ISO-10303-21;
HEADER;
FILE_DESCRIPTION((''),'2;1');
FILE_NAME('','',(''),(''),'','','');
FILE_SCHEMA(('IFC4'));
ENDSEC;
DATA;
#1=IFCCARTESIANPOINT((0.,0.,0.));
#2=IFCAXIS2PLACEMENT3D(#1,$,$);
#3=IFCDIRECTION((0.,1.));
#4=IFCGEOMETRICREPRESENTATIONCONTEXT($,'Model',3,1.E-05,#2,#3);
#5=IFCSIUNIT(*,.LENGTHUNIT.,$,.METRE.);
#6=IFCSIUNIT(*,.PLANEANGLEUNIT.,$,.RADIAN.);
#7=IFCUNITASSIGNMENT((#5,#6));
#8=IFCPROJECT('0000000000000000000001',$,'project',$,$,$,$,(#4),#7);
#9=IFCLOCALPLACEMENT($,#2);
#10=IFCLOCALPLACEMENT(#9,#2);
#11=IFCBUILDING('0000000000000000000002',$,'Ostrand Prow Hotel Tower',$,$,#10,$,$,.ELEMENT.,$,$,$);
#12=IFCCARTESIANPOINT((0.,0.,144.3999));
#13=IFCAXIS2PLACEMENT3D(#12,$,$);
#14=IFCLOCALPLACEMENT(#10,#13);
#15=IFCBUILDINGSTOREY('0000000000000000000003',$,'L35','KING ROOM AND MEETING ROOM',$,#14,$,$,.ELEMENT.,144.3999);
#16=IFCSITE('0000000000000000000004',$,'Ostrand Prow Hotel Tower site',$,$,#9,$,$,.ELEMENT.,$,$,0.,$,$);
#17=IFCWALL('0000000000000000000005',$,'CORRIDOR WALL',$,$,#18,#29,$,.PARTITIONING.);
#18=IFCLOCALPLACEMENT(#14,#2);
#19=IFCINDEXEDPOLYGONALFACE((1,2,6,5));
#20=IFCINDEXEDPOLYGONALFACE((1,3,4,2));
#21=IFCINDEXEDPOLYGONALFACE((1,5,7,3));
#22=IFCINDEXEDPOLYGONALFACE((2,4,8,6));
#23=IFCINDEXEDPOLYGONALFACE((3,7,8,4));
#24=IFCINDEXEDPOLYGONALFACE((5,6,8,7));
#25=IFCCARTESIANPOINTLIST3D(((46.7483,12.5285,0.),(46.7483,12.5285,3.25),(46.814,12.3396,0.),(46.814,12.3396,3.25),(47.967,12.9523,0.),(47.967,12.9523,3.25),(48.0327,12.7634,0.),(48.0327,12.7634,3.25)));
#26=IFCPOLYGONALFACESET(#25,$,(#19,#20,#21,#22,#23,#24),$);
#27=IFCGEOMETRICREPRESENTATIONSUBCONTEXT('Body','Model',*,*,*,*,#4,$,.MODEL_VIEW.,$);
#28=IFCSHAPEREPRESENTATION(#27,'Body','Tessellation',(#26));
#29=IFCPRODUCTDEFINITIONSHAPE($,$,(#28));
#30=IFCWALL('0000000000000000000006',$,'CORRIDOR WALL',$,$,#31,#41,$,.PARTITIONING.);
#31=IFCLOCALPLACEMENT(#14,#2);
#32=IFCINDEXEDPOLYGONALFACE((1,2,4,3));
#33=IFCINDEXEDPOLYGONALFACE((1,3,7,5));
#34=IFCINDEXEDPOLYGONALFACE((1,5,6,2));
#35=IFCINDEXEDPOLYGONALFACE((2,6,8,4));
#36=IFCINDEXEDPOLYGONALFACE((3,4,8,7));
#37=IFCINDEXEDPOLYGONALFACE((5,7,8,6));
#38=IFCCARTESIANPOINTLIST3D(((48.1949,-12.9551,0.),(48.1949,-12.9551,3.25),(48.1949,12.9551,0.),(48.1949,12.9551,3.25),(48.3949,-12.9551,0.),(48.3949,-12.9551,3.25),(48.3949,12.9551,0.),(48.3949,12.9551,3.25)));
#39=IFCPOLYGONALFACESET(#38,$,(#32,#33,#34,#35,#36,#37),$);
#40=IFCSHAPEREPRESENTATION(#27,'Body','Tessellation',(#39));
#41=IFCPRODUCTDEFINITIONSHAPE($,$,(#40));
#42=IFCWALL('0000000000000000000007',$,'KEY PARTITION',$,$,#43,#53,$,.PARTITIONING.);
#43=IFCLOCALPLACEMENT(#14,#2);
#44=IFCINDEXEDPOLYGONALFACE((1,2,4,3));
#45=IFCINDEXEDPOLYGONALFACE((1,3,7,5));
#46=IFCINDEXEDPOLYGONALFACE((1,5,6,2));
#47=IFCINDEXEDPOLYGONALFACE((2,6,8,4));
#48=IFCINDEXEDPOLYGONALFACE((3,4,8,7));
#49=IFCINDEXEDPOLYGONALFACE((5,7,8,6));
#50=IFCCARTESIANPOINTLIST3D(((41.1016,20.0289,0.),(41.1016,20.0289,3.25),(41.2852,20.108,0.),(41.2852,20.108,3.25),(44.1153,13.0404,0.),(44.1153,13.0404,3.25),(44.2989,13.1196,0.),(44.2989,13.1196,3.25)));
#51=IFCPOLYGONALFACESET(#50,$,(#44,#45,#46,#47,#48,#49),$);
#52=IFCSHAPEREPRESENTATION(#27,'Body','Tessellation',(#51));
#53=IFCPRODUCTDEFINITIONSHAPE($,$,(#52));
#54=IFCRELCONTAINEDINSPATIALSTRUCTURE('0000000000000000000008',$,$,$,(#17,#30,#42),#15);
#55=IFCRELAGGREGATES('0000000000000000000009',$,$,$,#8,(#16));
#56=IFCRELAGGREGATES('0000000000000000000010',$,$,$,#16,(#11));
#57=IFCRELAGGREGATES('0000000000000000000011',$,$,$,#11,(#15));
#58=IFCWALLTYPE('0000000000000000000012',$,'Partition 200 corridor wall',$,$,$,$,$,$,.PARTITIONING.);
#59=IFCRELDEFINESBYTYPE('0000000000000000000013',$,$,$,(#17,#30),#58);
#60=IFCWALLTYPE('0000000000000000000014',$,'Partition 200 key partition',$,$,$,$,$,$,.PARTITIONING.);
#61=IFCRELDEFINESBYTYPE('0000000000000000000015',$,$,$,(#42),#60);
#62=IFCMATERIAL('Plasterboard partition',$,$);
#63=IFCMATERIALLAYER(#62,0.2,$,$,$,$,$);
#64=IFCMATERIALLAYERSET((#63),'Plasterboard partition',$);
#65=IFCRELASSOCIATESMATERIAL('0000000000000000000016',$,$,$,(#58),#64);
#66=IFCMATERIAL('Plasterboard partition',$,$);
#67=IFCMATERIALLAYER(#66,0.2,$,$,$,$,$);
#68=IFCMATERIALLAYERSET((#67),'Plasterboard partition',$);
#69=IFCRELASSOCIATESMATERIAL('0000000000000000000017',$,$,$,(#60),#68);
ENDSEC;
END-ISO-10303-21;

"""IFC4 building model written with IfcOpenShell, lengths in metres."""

from ifc_helpers import new_model, si_unit, direction, frame, frame_2d, origin, place, context, subcontext, project, spatial, rectangle, extrude, material, layer, layer_set, type_object, element, save


model = new_model("IFC4")

# Units and contexts
model_context = context("Model", 3, precision=1e-05, world=origin(), true_north=direction((0.0, 1.0)))
body_context = subcontext(model_context, "Body", "Model", "MODEL_VIEW")
ifc_project = project(units=[si_unit("LENGTHUNIT", "METRE"), si_unit("PLANEANGLEUNIT", "RADIAN")], contexts=[model_context])

# Site, building, storey
site_placement = place(None, origin())
site = spatial("IfcSite", under=ifc_project, at=site_placement, Name="Ostrand Prow Hotel Tower site", CompositionType="ELEMENT", RefElevation=0.0)
building_placement = place(site_placement, origin())
building = spatial("IfcBuilding", under=site, at=building_placement, Name="Ostrand Prow Hotel Tower", CompositionType="ELEMENT")
storey_placement = place(building_placement, frame((0.0, 0.0, 144.3999)))
storey = spatial("IfcBuildingStorey", under=building, at=storey_placement, Name="L35", Description="KING ROOM AND MEETING ROOM", CompositionType="ELEMENT", Elevation=144.3999)

# Shared definitions
ifc_material_1 = material(Name="Plasterboard partition")
ifc_layer_1 = layer(ifc_material_1, 0.2)
ifc_layer_set_1 = layer_set([ifc_layer_1], Name="Plasterboard partition")
wall_type_1 = type_object("IfcWallType", Name="Partition 200 corridor wall", PredefinedType="PARTITIONING", material=ifc_layer_set_1)

# Walls
wall_1_placement = place(storey_placement, frame((46.7812, 12.4341, 0.0), z_axis=(0.0, 0.0, 1.0), x_axis=(0.944517, 0.328462, 0.0)))
element("IfcWall", 1, at=wall_1_placement, inside=storey, type_object=wall_type_1, Name="CORRIDOR WALL", PredefinedType="PARTITIONING", context=body_context, shape_type="SweptSolid", body=[
    extrude(rectangle(XDim=1.2903, YDim=0.2, at=frame_2d((0.645, 0.0))), origin(), (0.0, 0.0, 1.0), 3.25),
])
wall_2_placement = place(storey_placement, frame((48.2949, 12.9551, 0.0), z_axis=(0.0, 0.0, 1.0), x_axis=(0.0, -1.0, 0.0)))
element("IfcWall", 2, at=wall_2_placement, inside=storey, type_object=wall_type_1, Name="CORRIDOR WALL", PredefinedType="PARTITIONING", context=body_context, shape_type="SweptSolid", body=[
    extrude(rectangle(XDim=25.9102, YDim=0.2, at=frame_2d((12.9551, 0.0))), origin(), (0.0, 0.0, 1.0), 3.25),
])
ifc_material_2 = material(Name="Plasterboard partition")
ifc_layer_2 = layer(ifc_material_2, 0.2)
ifc_layer_set_2 = layer_set([ifc_layer_2], Name="Plasterboard partition")
wall_type_2 = type_object("IfcWallType", Name="Partition 200 key partition", PredefinedType="PARTITIONING", material=ifc_layer_set_2)
wall_3_placement = place(storey_placement, frame((44.207, 13.0801, 0.0), z_axis=(0.0, 0.0, 1.0), x_axis=(-0.395982, 0.918258, 0.0)))
element("IfcWall", 3, at=wall_3_placement, inside=storey, type_object=wall_type_2, Name="KEY PARTITION", PredefinedType="PARTITIONING", context=body_context, shape_type="SweptSolid", body=[
    extrude(rectangle(XDim=7.6106, YDim=0.2, at=frame_2d((3.8052, 0.0))), origin(), (0.0, 0.0, 1.0), 3.25),
])

save(model, "model.ifc")
